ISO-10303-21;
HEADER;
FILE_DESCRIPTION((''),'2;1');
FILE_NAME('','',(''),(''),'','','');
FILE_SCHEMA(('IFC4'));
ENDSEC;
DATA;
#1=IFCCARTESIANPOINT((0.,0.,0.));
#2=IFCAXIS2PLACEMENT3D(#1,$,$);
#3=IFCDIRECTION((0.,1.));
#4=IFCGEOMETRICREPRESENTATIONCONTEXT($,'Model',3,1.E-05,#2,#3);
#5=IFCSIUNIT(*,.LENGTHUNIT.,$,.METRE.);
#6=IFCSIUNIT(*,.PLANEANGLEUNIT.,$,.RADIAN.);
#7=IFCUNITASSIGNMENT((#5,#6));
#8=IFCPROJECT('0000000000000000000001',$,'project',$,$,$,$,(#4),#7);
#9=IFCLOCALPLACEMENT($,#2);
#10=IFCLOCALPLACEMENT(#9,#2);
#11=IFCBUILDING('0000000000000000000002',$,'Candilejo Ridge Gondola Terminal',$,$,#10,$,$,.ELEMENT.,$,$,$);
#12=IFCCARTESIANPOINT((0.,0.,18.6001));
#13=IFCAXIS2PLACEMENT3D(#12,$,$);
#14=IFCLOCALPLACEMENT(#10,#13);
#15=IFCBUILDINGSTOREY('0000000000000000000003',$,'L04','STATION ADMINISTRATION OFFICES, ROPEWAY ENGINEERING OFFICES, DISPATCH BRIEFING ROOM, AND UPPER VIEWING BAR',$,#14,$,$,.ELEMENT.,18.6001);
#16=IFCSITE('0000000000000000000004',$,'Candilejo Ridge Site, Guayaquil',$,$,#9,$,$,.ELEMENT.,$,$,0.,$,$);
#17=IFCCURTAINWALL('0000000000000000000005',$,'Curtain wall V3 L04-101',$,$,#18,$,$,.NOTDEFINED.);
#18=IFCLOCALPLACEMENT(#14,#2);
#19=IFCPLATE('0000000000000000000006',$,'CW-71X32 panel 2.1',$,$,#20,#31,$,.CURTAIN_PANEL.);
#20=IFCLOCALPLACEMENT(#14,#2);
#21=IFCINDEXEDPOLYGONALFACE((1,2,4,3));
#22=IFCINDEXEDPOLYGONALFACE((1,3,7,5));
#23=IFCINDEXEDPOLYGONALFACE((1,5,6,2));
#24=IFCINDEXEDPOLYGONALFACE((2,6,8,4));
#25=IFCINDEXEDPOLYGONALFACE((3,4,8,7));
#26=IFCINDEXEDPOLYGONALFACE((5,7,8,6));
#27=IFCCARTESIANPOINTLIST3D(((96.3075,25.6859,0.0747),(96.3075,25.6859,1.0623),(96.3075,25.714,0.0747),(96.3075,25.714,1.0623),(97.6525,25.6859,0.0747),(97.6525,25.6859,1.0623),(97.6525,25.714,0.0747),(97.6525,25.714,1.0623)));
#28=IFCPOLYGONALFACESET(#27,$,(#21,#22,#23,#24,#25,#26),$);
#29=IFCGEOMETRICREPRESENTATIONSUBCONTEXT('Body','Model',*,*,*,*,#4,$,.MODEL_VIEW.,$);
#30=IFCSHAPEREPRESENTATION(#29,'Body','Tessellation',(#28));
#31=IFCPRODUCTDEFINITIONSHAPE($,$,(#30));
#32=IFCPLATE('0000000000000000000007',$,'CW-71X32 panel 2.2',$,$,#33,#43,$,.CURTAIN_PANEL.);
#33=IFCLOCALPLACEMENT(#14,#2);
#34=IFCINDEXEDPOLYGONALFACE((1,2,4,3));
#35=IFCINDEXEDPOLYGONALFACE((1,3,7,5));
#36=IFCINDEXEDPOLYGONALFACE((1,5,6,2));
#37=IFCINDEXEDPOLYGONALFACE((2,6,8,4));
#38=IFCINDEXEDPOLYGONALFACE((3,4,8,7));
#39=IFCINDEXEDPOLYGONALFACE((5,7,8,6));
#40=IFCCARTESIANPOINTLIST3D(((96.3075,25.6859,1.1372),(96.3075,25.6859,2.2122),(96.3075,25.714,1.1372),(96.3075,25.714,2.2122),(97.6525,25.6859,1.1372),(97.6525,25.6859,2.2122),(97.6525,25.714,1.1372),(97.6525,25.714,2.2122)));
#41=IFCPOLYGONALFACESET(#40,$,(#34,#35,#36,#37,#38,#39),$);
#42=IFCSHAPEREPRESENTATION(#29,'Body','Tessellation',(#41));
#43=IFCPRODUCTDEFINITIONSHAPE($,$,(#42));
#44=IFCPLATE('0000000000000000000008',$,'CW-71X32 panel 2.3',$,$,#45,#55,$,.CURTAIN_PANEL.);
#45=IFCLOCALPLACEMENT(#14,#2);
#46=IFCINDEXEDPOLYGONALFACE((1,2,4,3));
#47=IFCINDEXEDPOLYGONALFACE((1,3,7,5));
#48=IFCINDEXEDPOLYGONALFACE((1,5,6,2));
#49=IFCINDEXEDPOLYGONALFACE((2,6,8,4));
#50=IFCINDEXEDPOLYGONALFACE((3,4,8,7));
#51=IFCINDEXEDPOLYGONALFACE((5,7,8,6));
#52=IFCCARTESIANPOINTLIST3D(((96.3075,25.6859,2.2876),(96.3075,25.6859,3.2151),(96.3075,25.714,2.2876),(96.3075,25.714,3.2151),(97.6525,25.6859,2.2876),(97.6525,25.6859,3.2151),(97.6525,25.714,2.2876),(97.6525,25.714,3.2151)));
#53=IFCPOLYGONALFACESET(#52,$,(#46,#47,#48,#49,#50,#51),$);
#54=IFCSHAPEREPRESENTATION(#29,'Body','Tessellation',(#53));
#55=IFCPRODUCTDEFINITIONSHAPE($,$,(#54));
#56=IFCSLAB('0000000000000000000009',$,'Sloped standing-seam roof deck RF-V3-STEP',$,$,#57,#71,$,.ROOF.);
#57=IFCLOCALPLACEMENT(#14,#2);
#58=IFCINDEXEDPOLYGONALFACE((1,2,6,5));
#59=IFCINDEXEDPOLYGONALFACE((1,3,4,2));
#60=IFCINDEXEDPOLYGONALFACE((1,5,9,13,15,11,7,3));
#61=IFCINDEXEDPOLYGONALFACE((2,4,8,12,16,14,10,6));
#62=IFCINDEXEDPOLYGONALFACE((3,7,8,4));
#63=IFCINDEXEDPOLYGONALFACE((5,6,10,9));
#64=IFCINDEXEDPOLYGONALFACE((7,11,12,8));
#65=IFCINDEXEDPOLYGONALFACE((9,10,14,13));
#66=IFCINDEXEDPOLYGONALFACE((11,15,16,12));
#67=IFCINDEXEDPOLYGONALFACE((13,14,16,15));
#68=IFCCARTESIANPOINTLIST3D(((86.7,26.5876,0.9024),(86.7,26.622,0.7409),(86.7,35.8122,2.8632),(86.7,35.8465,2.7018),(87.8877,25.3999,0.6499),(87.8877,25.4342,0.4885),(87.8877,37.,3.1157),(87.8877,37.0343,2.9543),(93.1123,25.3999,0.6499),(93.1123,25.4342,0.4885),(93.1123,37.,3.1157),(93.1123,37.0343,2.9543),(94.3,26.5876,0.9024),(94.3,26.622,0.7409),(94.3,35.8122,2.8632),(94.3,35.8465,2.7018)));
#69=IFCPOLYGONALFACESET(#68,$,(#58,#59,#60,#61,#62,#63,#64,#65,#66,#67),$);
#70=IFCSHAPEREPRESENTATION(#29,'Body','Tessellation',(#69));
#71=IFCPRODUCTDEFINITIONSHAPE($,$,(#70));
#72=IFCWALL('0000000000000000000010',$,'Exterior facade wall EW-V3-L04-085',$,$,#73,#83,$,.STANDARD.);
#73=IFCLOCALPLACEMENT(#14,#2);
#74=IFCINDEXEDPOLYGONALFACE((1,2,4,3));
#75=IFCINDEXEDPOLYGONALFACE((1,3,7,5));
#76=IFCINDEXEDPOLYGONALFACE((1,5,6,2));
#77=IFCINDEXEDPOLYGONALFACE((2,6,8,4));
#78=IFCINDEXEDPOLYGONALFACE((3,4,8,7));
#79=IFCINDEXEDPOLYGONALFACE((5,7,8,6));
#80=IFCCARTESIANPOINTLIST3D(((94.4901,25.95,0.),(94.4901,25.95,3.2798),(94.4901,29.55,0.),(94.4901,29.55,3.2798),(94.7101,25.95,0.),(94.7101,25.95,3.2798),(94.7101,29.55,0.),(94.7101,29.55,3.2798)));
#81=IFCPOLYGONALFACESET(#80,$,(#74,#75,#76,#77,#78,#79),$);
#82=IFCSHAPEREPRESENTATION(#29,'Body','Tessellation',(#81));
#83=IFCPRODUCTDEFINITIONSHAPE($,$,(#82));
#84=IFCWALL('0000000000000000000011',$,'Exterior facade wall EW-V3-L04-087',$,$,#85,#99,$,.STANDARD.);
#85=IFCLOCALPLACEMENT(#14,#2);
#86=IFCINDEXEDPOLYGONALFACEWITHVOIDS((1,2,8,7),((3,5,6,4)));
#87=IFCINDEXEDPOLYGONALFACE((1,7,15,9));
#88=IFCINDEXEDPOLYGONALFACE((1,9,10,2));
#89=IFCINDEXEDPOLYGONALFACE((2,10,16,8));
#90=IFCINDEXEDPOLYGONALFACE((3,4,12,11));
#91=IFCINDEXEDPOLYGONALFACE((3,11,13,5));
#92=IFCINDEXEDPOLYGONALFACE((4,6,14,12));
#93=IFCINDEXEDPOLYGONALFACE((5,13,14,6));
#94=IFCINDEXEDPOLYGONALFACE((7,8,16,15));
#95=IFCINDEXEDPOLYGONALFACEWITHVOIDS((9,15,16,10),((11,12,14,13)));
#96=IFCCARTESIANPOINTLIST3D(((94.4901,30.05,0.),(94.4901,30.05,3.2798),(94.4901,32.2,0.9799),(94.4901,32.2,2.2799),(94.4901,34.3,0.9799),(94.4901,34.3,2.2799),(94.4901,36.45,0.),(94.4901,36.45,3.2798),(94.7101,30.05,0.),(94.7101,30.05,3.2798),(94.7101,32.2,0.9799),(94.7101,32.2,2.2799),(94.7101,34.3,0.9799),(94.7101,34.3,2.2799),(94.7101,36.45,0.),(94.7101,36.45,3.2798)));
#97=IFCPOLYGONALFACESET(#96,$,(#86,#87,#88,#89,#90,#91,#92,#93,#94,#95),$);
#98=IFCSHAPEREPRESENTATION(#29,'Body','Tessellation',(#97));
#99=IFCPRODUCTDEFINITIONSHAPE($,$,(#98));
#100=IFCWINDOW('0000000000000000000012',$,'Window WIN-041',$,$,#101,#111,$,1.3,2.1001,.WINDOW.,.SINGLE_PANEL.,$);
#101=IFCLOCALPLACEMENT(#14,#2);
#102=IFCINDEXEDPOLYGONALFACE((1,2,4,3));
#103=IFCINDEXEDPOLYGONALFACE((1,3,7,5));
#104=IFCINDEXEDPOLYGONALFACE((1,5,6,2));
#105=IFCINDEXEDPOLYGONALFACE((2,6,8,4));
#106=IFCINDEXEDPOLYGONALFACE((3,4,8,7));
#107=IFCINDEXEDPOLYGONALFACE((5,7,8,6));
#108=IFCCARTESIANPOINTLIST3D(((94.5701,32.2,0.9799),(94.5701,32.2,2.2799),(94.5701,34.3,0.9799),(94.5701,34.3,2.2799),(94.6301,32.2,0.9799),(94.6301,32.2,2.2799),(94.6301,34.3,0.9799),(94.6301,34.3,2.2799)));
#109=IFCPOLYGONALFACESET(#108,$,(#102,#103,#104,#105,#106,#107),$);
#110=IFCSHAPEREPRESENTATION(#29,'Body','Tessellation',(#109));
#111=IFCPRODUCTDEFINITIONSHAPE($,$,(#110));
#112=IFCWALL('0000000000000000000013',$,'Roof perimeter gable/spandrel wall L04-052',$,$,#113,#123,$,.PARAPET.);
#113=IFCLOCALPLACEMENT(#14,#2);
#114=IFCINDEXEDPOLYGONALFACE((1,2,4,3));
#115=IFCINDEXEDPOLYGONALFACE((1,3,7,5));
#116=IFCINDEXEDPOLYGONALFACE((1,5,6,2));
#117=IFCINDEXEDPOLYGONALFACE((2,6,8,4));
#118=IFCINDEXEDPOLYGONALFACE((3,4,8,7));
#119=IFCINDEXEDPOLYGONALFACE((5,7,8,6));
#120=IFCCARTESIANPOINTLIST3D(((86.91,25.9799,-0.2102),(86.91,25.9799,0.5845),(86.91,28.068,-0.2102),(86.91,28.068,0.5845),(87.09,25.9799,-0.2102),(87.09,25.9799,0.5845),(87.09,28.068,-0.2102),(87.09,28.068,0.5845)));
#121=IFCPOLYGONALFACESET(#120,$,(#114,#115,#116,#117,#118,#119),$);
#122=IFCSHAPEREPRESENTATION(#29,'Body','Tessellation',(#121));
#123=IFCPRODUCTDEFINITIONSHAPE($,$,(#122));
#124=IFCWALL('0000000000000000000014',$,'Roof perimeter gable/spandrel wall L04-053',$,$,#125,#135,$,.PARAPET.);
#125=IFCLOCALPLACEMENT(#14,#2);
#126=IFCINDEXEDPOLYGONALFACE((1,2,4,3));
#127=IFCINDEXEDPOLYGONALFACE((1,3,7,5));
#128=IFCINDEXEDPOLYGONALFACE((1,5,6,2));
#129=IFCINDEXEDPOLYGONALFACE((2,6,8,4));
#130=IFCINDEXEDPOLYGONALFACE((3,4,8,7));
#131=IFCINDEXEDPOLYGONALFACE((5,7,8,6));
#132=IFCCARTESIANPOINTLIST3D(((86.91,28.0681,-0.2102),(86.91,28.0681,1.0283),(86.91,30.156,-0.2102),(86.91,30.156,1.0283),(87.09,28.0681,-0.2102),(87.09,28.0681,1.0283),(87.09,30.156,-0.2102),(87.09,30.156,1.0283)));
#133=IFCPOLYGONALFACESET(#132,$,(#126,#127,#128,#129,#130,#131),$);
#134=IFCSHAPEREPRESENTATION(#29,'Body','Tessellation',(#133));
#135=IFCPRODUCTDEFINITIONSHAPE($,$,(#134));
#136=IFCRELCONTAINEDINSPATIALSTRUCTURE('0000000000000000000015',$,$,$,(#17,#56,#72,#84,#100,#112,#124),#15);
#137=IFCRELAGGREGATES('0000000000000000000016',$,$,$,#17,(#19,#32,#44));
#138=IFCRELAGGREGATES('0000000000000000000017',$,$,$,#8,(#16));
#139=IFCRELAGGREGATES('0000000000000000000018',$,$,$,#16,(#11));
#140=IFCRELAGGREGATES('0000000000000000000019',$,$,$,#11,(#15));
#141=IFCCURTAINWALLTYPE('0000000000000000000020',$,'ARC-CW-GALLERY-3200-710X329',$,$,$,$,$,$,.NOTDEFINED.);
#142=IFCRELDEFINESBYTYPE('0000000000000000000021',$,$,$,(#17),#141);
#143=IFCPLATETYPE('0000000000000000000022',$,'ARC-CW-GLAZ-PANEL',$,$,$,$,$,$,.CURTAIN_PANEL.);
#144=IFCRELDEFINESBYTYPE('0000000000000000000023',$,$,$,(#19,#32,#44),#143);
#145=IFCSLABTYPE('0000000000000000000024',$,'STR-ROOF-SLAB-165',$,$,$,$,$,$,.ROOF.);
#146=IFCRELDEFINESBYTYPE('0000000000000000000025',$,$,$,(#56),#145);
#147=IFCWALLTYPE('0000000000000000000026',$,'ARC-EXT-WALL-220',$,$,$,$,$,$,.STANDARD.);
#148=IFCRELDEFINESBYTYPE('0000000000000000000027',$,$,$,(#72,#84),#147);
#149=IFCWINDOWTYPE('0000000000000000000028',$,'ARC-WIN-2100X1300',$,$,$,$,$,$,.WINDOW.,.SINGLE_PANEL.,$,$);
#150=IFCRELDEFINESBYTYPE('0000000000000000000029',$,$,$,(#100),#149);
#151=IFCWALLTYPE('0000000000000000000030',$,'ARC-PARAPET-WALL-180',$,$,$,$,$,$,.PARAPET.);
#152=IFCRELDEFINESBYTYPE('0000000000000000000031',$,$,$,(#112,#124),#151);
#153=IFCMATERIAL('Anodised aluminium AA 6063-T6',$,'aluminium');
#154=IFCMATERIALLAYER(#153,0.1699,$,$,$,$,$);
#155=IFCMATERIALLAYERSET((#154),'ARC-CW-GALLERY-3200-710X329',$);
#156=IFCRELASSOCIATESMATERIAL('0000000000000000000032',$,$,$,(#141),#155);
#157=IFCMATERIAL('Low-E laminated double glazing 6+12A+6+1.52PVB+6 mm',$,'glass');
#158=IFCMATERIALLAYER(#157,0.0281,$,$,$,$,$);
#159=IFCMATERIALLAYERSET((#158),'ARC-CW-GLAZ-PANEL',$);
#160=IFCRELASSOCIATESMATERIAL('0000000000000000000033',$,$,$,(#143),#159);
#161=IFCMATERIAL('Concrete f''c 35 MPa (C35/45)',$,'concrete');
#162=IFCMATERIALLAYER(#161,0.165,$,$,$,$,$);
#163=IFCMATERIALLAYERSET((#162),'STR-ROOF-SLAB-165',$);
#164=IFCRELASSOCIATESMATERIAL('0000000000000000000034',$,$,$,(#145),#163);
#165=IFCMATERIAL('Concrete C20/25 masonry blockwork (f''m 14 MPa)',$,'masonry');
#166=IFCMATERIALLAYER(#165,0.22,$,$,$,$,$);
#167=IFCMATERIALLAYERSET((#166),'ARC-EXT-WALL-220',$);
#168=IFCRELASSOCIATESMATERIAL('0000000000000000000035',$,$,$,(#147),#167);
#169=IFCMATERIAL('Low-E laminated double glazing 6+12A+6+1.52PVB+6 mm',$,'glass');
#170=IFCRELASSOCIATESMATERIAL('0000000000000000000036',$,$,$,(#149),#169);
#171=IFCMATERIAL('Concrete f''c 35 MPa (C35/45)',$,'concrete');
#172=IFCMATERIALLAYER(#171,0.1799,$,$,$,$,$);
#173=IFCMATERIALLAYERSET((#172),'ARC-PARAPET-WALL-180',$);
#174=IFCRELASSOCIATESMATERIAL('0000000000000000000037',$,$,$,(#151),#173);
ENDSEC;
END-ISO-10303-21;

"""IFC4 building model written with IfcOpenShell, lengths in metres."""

from ifc_helpers import new_model, si_unit, direction, frame, frame_2d, origin, origin_2d, place, context, subcontext, project, spatial, polyline, rectangle, outline, extrude, material, layer, layer_set, type_object, element, fill, aggregate, save


model = new_model("IFC4")

# Units and contexts
model_context = context("Model", 3, precision=1e-05, world=origin(), true_north=direction((0.0, 1.0)))
body_context = subcontext(model_context, "Body", "Model", "MODEL_VIEW")
ifc_project = project(units=[si_unit("LENGTHUNIT", "METRE"), si_unit("PLANEANGLEUNIT", "RADIAN")], contexts=[model_context])

# Site, building, storey
site_placement = place(None, origin())
site = spatial("IfcSite", under=ifc_project, at=site_placement, Name="Candilejo Ridge Site, Guayaquil", CompositionType="ELEMENT", RefElevation=0.0)
building_placement = place(site_placement, origin())
building = spatial("IfcBuilding", under=site, at=building_placement, Name="Candilejo Ridge Gondola Terminal", CompositionType="ELEMENT")
storey_placement = place(building_placement, frame((0.0, 0.0, 18.6001)))
storey = spatial("IfcBuildingStorey", under=building, at=storey_placement, Name="L04", Description="STATION ADMINISTRATION OFFICES, ROPEWAY ENGINEERING OFFICES, DISPATCH BRIEFING ROOM, AND UPPER VIEWING BAR", CompositionType="ELEMENT", Elevation=18.6001)

# Curtain wall
ifc_material_1 = material(Name="Anodised aluminium AA 6063-T6", Category="aluminium")
ifc_layer_1 = layer(ifc_material_1, 0.1699)
ifc_layer_set_1 = layer_set([ifc_layer_1], Name="ARC-CW-GALLERY-3200-710X329")
curtain_wall_type = type_object("IfcCurtainWallType", Name="ARC-CW-GALLERY-3200-710X329", PredefinedType="NOTDEFINED", material=ifc_layer_set_1)
curtain_wall_placement = place(storey_placement, origin())
curtain_wall = element("IfcCurtainWall", 1, at=curtain_wall_placement, inside=storey, type_object=curtain_wall_type, Name="Curtain wall V3 L04-101", PredefinedType="NOTDEFINED")

# Plates
ifc_material_2 = material(Name="Low-E laminated double glazing 6+12A+6+1.52PVB+6 mm", Category="glass")
ifc_layer_2 = layer(ifc_material_2, 0.0281)
ifc_layer_set_2 = layer_set([ifc_layer_2], Name="ARC-CW-GLAZ-PANEL")
plate_type = type_object("IfcPlateType", Name="ARC-CW-GLAZ-PANEL", PredefinedType="CURTAIN_PANEL", material=ifc_layer_set_2)
plate_1_placement = place(storey_placement, frame((96.98, 25.7, 0.0747), z_axis=(0.0, 0.0, 1.0), x_axis=(1.0, 0.0, 0.0)))
plate_1 = element("IfcPlate", 2, at=plate_1_placement, type_object=plate_type, Name="CW-71X32 panel 2.1", PredefinedType="CURTAIN_PANEL", context=body_context, shape_type="SweptSolid", body=[
    extrude(rectangle(XDim=1.345, YDim=0.0281, at=origin_2d()), origin(), (0.0, 0.0, 1.0), 0.9875),
])
plate_2_placement = place(storey_placement, frame((96.98, 25.7, 1.1372), z_axis=(0.0, 0.0, 1.0), x_axis=(1.0, 0.0, 0.0)))
plate_2 = element("IfcPlate", 3, at=plate_2_placement, type_object=plate_type, Name="CW-71X32 panel 2.2", PredefinedType="CURTAIN_PANEL", context=body_context, shape_type="SweptSolid", body=[
    extrude(rectangle(XDim=1.345, YDim=0.0281, at=origin_2d()), origin(), (0.0, 0.0, 1.0), 1.075),
])
plate_3_placement = place(storey_placement, frame((96.98, 25.7, 2.2876), z_axis=(0.0, 0.0, 1.0), x_axis=(1.0, 0.0, 0.0)))
plate_3 = element("IfcPlate", 4, at=plate_3_placement, type_object=plate_type, Name="CW-71X32 panel 2.3", PredefinedType="CURTAIN_PANEL", context=body_context, shape_type="SweptSolid", body=[
    extrude(rectangle(XDim=1.345, YDim=0.0281, at=origin_2d()), origin(), (0.0, 0.0, 1.0), 0.9275),
])
aggregate(curtain_wall, [plate_1, plate_2, plate_3])

# Slab
ifc_material_3 = material(Name="Concrete f'c 35 MPa (C35/45)", Category="concrete")
ifc_layer_3 = layer(ifc_material_3, 0.165)
ifc_layer_set_3 = layer_set([ifc_layer_3], Name="STR-ROOF-SLAB-165")
slab_type = type_object("IfcSlabType", Name="STR-ROOF-SLAB-165", PredefinedType="ROOF", material=ifc_layer_set_3)
slab_placement = place(storey_placement, frame((87.8877, 25.3999, 0.6499), z_axis=(0.0, -0.207921, 0.978146), x_axis=(1.0, 0.0, 0.0)))
element("IfcSlab", 5, at=slab_placement, inside=storey, type_object=slab_type, Name="Sloped standing-seam roof deck RF-V3-STEP", PredefinedType="ROOF", context=body_context, shape_type="SweptSolid", body=[
    extrude(outline(polyline([(0.0, 0.0), (5.2246, 0.0), (6.4124, 1.2143), (6.4124, 10.645), (5.2246, 11.8593), (0.0, 11.8593), (-1.1877, 10.645), (-1.1877, 1.2143), (0.0, 0.0)])), origin(), (0.0, 0.0, -1.0), 0.165),
])

# Wall
ifc_material_4 = material(Name="Concrete C20/25 masonry blockwork (f'm 14 MPa)", Category="masonry")
ifc_layer_4 = layer(ifc_material_4, 0.22)
ifc_layer_set_4 = layer_set([ifc_layer_4], Name="ARC-EXT-WALL-220")
wall_type_1 = type_object("IfcWallType", Name="ARC-EXT-WALL-220", PredefinedType="STANDARD", material=ifc_layer_set_4)
wall_1_placement = place(storey_placement, frame((94.6001, 25.95, 0.0), z_axis=(0.0, 0.0, 1.0), x_axis=(0.0, 1.0, 0.0)))
element("IfcWall", 6, at=wall_1_placement, inside=storey, type_object=wall_type_1, Name="Exterior facade wall EW-V3-L04-085", PredefinedType="STANDARD", context=body_context, shape_type="SweptSolid", body=[
    extrude(rectangle(XDim=3.6001, YDim=0.22, at=frame_2d((1.8, 0.0))), origin(), (0.0, 0.0, 1.0), 3.2798),
])

# Wall, opening, window
wall_2_placement = place(storey_placement, frame((94.6001, 30.05, 0.0), z_axis=(0.0, 0.0, 1.0), x_axis=(0.0, 1.0, 0.0)))
wall_2 = element("IfcWall", 7, at=wall_2_placement, inside=storey, type_object=wall_type_1, Name="Exterior facade wall EW-V3-L04-087", PredefinedType="STANDARD", context=body_context, shape_type="SweptSolid", body=[
    extrude(rectangle(XDim=6.3999, YDim=0.22, at=frame_2d((3.2, 0.0))), origin(), (0.0, 0.0, 1.0), 3.2798),
])
opening_placement = place(wall_2_placement, frame((2.1499, 0.0, 0.98)))
opening = element("IfcOpeningElement", 8, at=opening_placement, cuts=wall_2, PredefinedType="OPENING", context=body_context, shape_type="SweptSolid", body=[
    extrude(rectangle(XDim=2.1001, YDim=1.3, at=frame_2d((1.05, 0.6499))), frame((0.0, 0.1199, 0.0), z_axis=(0.0, -1.0, 0.0), x_axis=(1.0, 0.0, 0.0)), (0.0, 0.0, 1.0), 0.24),
])
ifc_material_5 = material(Name="Low-E laminated double glazing 6+12A+6+1.52PVB+6 mm", Category="glass")
window_type = type_object("IfcWindowType", Name="ARC-WIN-2100X1300", PartitioningType="SINGLE_PANEL", PredefinedType="WINDOW", material=ifc_material_5)
window_placement = place(opening_placement, origin())
window = element("IfcWindow", 9, at=window_placement, inside=storey, type_object=window_type, Name="Window WIN-041", OverallHeight=1.3, OverallWidth=2.1001, PartitioningType="SINGLE_PANEL", PredefinedType="WINDOW", context=body_context, shape_type="SweptSolid", body=[
    extrude(rectangle(XDim=2.1001, YDim=1.3, at=frame_2d((1.05, 0.6499))), frame((0.0, 0.03, 0.0), z_axis=(0.0, -1.0, 0.0), x_axis=(1.0, 0.0, 0.0)), (0.0, 0.0, 1.0), 0.0601),
])
fill(opening, window)

# Walls
ifc_material_6 = material(Name="Concrete f'c 35 MPa (C35/45)", Category="concrete")
ifc_layer_5 = layer(ifc_material_6, 0.1799)
ifc_layer_set_5 = layer_set([ifc_layer_5], Name="ARC-PARAPET-WALL-180")
wall_type_2 = type_object("IfcWallType", Name="ARC-PARAPET-WALL-180", PredefinedType="PARAPET", material=ifc_layer_set_5)
wall_3_placement = place(storey_placement, frame((87.0, 25.98, -0.2102), z_axis=(0.0, 0.0, 1.0), x_axis=(0.0, 1.0, 0.0)))
element("IfcWall", 10, at=wall_3_placement, inside=storey, type_object=wall_type_2, Name="Roof perimeter gable/spandrel wall L04-052", PredefinedType="PARAPET", context=body_context, shape_type="SweptSolid", body=[
    extrude(rectangle(XDim=2.0881, YDim=0.1799, at=frame_2d((1.0439, 0.0))), origin(), (0.0, 0.0, 1.0), 0.7947),
])
wall_4_placement = place(storey_placement, frame((87.0, 28.0681, -0.2102), z_axis=(0.0, 0.0, 1.0), x_axis=(0.0, 1.0, 0.0)))
element("IfcWall", 11, at=wall_4_placement, inside=storey, type_object=wall_type_2, Name="Roof perimeter gable/spandrel wall L04-053", PredefinedType="PARAPET", context=body_context, shape_type="SweptSolid", body=[
    extrude(rectangle(XDim=2.0879, YDim=0.1799, at=frame_2d((1.0439, 0.0))), origin(), (0.0, 0.0, 1.0), 1.2385),
])

save(model, "model.ifc")
